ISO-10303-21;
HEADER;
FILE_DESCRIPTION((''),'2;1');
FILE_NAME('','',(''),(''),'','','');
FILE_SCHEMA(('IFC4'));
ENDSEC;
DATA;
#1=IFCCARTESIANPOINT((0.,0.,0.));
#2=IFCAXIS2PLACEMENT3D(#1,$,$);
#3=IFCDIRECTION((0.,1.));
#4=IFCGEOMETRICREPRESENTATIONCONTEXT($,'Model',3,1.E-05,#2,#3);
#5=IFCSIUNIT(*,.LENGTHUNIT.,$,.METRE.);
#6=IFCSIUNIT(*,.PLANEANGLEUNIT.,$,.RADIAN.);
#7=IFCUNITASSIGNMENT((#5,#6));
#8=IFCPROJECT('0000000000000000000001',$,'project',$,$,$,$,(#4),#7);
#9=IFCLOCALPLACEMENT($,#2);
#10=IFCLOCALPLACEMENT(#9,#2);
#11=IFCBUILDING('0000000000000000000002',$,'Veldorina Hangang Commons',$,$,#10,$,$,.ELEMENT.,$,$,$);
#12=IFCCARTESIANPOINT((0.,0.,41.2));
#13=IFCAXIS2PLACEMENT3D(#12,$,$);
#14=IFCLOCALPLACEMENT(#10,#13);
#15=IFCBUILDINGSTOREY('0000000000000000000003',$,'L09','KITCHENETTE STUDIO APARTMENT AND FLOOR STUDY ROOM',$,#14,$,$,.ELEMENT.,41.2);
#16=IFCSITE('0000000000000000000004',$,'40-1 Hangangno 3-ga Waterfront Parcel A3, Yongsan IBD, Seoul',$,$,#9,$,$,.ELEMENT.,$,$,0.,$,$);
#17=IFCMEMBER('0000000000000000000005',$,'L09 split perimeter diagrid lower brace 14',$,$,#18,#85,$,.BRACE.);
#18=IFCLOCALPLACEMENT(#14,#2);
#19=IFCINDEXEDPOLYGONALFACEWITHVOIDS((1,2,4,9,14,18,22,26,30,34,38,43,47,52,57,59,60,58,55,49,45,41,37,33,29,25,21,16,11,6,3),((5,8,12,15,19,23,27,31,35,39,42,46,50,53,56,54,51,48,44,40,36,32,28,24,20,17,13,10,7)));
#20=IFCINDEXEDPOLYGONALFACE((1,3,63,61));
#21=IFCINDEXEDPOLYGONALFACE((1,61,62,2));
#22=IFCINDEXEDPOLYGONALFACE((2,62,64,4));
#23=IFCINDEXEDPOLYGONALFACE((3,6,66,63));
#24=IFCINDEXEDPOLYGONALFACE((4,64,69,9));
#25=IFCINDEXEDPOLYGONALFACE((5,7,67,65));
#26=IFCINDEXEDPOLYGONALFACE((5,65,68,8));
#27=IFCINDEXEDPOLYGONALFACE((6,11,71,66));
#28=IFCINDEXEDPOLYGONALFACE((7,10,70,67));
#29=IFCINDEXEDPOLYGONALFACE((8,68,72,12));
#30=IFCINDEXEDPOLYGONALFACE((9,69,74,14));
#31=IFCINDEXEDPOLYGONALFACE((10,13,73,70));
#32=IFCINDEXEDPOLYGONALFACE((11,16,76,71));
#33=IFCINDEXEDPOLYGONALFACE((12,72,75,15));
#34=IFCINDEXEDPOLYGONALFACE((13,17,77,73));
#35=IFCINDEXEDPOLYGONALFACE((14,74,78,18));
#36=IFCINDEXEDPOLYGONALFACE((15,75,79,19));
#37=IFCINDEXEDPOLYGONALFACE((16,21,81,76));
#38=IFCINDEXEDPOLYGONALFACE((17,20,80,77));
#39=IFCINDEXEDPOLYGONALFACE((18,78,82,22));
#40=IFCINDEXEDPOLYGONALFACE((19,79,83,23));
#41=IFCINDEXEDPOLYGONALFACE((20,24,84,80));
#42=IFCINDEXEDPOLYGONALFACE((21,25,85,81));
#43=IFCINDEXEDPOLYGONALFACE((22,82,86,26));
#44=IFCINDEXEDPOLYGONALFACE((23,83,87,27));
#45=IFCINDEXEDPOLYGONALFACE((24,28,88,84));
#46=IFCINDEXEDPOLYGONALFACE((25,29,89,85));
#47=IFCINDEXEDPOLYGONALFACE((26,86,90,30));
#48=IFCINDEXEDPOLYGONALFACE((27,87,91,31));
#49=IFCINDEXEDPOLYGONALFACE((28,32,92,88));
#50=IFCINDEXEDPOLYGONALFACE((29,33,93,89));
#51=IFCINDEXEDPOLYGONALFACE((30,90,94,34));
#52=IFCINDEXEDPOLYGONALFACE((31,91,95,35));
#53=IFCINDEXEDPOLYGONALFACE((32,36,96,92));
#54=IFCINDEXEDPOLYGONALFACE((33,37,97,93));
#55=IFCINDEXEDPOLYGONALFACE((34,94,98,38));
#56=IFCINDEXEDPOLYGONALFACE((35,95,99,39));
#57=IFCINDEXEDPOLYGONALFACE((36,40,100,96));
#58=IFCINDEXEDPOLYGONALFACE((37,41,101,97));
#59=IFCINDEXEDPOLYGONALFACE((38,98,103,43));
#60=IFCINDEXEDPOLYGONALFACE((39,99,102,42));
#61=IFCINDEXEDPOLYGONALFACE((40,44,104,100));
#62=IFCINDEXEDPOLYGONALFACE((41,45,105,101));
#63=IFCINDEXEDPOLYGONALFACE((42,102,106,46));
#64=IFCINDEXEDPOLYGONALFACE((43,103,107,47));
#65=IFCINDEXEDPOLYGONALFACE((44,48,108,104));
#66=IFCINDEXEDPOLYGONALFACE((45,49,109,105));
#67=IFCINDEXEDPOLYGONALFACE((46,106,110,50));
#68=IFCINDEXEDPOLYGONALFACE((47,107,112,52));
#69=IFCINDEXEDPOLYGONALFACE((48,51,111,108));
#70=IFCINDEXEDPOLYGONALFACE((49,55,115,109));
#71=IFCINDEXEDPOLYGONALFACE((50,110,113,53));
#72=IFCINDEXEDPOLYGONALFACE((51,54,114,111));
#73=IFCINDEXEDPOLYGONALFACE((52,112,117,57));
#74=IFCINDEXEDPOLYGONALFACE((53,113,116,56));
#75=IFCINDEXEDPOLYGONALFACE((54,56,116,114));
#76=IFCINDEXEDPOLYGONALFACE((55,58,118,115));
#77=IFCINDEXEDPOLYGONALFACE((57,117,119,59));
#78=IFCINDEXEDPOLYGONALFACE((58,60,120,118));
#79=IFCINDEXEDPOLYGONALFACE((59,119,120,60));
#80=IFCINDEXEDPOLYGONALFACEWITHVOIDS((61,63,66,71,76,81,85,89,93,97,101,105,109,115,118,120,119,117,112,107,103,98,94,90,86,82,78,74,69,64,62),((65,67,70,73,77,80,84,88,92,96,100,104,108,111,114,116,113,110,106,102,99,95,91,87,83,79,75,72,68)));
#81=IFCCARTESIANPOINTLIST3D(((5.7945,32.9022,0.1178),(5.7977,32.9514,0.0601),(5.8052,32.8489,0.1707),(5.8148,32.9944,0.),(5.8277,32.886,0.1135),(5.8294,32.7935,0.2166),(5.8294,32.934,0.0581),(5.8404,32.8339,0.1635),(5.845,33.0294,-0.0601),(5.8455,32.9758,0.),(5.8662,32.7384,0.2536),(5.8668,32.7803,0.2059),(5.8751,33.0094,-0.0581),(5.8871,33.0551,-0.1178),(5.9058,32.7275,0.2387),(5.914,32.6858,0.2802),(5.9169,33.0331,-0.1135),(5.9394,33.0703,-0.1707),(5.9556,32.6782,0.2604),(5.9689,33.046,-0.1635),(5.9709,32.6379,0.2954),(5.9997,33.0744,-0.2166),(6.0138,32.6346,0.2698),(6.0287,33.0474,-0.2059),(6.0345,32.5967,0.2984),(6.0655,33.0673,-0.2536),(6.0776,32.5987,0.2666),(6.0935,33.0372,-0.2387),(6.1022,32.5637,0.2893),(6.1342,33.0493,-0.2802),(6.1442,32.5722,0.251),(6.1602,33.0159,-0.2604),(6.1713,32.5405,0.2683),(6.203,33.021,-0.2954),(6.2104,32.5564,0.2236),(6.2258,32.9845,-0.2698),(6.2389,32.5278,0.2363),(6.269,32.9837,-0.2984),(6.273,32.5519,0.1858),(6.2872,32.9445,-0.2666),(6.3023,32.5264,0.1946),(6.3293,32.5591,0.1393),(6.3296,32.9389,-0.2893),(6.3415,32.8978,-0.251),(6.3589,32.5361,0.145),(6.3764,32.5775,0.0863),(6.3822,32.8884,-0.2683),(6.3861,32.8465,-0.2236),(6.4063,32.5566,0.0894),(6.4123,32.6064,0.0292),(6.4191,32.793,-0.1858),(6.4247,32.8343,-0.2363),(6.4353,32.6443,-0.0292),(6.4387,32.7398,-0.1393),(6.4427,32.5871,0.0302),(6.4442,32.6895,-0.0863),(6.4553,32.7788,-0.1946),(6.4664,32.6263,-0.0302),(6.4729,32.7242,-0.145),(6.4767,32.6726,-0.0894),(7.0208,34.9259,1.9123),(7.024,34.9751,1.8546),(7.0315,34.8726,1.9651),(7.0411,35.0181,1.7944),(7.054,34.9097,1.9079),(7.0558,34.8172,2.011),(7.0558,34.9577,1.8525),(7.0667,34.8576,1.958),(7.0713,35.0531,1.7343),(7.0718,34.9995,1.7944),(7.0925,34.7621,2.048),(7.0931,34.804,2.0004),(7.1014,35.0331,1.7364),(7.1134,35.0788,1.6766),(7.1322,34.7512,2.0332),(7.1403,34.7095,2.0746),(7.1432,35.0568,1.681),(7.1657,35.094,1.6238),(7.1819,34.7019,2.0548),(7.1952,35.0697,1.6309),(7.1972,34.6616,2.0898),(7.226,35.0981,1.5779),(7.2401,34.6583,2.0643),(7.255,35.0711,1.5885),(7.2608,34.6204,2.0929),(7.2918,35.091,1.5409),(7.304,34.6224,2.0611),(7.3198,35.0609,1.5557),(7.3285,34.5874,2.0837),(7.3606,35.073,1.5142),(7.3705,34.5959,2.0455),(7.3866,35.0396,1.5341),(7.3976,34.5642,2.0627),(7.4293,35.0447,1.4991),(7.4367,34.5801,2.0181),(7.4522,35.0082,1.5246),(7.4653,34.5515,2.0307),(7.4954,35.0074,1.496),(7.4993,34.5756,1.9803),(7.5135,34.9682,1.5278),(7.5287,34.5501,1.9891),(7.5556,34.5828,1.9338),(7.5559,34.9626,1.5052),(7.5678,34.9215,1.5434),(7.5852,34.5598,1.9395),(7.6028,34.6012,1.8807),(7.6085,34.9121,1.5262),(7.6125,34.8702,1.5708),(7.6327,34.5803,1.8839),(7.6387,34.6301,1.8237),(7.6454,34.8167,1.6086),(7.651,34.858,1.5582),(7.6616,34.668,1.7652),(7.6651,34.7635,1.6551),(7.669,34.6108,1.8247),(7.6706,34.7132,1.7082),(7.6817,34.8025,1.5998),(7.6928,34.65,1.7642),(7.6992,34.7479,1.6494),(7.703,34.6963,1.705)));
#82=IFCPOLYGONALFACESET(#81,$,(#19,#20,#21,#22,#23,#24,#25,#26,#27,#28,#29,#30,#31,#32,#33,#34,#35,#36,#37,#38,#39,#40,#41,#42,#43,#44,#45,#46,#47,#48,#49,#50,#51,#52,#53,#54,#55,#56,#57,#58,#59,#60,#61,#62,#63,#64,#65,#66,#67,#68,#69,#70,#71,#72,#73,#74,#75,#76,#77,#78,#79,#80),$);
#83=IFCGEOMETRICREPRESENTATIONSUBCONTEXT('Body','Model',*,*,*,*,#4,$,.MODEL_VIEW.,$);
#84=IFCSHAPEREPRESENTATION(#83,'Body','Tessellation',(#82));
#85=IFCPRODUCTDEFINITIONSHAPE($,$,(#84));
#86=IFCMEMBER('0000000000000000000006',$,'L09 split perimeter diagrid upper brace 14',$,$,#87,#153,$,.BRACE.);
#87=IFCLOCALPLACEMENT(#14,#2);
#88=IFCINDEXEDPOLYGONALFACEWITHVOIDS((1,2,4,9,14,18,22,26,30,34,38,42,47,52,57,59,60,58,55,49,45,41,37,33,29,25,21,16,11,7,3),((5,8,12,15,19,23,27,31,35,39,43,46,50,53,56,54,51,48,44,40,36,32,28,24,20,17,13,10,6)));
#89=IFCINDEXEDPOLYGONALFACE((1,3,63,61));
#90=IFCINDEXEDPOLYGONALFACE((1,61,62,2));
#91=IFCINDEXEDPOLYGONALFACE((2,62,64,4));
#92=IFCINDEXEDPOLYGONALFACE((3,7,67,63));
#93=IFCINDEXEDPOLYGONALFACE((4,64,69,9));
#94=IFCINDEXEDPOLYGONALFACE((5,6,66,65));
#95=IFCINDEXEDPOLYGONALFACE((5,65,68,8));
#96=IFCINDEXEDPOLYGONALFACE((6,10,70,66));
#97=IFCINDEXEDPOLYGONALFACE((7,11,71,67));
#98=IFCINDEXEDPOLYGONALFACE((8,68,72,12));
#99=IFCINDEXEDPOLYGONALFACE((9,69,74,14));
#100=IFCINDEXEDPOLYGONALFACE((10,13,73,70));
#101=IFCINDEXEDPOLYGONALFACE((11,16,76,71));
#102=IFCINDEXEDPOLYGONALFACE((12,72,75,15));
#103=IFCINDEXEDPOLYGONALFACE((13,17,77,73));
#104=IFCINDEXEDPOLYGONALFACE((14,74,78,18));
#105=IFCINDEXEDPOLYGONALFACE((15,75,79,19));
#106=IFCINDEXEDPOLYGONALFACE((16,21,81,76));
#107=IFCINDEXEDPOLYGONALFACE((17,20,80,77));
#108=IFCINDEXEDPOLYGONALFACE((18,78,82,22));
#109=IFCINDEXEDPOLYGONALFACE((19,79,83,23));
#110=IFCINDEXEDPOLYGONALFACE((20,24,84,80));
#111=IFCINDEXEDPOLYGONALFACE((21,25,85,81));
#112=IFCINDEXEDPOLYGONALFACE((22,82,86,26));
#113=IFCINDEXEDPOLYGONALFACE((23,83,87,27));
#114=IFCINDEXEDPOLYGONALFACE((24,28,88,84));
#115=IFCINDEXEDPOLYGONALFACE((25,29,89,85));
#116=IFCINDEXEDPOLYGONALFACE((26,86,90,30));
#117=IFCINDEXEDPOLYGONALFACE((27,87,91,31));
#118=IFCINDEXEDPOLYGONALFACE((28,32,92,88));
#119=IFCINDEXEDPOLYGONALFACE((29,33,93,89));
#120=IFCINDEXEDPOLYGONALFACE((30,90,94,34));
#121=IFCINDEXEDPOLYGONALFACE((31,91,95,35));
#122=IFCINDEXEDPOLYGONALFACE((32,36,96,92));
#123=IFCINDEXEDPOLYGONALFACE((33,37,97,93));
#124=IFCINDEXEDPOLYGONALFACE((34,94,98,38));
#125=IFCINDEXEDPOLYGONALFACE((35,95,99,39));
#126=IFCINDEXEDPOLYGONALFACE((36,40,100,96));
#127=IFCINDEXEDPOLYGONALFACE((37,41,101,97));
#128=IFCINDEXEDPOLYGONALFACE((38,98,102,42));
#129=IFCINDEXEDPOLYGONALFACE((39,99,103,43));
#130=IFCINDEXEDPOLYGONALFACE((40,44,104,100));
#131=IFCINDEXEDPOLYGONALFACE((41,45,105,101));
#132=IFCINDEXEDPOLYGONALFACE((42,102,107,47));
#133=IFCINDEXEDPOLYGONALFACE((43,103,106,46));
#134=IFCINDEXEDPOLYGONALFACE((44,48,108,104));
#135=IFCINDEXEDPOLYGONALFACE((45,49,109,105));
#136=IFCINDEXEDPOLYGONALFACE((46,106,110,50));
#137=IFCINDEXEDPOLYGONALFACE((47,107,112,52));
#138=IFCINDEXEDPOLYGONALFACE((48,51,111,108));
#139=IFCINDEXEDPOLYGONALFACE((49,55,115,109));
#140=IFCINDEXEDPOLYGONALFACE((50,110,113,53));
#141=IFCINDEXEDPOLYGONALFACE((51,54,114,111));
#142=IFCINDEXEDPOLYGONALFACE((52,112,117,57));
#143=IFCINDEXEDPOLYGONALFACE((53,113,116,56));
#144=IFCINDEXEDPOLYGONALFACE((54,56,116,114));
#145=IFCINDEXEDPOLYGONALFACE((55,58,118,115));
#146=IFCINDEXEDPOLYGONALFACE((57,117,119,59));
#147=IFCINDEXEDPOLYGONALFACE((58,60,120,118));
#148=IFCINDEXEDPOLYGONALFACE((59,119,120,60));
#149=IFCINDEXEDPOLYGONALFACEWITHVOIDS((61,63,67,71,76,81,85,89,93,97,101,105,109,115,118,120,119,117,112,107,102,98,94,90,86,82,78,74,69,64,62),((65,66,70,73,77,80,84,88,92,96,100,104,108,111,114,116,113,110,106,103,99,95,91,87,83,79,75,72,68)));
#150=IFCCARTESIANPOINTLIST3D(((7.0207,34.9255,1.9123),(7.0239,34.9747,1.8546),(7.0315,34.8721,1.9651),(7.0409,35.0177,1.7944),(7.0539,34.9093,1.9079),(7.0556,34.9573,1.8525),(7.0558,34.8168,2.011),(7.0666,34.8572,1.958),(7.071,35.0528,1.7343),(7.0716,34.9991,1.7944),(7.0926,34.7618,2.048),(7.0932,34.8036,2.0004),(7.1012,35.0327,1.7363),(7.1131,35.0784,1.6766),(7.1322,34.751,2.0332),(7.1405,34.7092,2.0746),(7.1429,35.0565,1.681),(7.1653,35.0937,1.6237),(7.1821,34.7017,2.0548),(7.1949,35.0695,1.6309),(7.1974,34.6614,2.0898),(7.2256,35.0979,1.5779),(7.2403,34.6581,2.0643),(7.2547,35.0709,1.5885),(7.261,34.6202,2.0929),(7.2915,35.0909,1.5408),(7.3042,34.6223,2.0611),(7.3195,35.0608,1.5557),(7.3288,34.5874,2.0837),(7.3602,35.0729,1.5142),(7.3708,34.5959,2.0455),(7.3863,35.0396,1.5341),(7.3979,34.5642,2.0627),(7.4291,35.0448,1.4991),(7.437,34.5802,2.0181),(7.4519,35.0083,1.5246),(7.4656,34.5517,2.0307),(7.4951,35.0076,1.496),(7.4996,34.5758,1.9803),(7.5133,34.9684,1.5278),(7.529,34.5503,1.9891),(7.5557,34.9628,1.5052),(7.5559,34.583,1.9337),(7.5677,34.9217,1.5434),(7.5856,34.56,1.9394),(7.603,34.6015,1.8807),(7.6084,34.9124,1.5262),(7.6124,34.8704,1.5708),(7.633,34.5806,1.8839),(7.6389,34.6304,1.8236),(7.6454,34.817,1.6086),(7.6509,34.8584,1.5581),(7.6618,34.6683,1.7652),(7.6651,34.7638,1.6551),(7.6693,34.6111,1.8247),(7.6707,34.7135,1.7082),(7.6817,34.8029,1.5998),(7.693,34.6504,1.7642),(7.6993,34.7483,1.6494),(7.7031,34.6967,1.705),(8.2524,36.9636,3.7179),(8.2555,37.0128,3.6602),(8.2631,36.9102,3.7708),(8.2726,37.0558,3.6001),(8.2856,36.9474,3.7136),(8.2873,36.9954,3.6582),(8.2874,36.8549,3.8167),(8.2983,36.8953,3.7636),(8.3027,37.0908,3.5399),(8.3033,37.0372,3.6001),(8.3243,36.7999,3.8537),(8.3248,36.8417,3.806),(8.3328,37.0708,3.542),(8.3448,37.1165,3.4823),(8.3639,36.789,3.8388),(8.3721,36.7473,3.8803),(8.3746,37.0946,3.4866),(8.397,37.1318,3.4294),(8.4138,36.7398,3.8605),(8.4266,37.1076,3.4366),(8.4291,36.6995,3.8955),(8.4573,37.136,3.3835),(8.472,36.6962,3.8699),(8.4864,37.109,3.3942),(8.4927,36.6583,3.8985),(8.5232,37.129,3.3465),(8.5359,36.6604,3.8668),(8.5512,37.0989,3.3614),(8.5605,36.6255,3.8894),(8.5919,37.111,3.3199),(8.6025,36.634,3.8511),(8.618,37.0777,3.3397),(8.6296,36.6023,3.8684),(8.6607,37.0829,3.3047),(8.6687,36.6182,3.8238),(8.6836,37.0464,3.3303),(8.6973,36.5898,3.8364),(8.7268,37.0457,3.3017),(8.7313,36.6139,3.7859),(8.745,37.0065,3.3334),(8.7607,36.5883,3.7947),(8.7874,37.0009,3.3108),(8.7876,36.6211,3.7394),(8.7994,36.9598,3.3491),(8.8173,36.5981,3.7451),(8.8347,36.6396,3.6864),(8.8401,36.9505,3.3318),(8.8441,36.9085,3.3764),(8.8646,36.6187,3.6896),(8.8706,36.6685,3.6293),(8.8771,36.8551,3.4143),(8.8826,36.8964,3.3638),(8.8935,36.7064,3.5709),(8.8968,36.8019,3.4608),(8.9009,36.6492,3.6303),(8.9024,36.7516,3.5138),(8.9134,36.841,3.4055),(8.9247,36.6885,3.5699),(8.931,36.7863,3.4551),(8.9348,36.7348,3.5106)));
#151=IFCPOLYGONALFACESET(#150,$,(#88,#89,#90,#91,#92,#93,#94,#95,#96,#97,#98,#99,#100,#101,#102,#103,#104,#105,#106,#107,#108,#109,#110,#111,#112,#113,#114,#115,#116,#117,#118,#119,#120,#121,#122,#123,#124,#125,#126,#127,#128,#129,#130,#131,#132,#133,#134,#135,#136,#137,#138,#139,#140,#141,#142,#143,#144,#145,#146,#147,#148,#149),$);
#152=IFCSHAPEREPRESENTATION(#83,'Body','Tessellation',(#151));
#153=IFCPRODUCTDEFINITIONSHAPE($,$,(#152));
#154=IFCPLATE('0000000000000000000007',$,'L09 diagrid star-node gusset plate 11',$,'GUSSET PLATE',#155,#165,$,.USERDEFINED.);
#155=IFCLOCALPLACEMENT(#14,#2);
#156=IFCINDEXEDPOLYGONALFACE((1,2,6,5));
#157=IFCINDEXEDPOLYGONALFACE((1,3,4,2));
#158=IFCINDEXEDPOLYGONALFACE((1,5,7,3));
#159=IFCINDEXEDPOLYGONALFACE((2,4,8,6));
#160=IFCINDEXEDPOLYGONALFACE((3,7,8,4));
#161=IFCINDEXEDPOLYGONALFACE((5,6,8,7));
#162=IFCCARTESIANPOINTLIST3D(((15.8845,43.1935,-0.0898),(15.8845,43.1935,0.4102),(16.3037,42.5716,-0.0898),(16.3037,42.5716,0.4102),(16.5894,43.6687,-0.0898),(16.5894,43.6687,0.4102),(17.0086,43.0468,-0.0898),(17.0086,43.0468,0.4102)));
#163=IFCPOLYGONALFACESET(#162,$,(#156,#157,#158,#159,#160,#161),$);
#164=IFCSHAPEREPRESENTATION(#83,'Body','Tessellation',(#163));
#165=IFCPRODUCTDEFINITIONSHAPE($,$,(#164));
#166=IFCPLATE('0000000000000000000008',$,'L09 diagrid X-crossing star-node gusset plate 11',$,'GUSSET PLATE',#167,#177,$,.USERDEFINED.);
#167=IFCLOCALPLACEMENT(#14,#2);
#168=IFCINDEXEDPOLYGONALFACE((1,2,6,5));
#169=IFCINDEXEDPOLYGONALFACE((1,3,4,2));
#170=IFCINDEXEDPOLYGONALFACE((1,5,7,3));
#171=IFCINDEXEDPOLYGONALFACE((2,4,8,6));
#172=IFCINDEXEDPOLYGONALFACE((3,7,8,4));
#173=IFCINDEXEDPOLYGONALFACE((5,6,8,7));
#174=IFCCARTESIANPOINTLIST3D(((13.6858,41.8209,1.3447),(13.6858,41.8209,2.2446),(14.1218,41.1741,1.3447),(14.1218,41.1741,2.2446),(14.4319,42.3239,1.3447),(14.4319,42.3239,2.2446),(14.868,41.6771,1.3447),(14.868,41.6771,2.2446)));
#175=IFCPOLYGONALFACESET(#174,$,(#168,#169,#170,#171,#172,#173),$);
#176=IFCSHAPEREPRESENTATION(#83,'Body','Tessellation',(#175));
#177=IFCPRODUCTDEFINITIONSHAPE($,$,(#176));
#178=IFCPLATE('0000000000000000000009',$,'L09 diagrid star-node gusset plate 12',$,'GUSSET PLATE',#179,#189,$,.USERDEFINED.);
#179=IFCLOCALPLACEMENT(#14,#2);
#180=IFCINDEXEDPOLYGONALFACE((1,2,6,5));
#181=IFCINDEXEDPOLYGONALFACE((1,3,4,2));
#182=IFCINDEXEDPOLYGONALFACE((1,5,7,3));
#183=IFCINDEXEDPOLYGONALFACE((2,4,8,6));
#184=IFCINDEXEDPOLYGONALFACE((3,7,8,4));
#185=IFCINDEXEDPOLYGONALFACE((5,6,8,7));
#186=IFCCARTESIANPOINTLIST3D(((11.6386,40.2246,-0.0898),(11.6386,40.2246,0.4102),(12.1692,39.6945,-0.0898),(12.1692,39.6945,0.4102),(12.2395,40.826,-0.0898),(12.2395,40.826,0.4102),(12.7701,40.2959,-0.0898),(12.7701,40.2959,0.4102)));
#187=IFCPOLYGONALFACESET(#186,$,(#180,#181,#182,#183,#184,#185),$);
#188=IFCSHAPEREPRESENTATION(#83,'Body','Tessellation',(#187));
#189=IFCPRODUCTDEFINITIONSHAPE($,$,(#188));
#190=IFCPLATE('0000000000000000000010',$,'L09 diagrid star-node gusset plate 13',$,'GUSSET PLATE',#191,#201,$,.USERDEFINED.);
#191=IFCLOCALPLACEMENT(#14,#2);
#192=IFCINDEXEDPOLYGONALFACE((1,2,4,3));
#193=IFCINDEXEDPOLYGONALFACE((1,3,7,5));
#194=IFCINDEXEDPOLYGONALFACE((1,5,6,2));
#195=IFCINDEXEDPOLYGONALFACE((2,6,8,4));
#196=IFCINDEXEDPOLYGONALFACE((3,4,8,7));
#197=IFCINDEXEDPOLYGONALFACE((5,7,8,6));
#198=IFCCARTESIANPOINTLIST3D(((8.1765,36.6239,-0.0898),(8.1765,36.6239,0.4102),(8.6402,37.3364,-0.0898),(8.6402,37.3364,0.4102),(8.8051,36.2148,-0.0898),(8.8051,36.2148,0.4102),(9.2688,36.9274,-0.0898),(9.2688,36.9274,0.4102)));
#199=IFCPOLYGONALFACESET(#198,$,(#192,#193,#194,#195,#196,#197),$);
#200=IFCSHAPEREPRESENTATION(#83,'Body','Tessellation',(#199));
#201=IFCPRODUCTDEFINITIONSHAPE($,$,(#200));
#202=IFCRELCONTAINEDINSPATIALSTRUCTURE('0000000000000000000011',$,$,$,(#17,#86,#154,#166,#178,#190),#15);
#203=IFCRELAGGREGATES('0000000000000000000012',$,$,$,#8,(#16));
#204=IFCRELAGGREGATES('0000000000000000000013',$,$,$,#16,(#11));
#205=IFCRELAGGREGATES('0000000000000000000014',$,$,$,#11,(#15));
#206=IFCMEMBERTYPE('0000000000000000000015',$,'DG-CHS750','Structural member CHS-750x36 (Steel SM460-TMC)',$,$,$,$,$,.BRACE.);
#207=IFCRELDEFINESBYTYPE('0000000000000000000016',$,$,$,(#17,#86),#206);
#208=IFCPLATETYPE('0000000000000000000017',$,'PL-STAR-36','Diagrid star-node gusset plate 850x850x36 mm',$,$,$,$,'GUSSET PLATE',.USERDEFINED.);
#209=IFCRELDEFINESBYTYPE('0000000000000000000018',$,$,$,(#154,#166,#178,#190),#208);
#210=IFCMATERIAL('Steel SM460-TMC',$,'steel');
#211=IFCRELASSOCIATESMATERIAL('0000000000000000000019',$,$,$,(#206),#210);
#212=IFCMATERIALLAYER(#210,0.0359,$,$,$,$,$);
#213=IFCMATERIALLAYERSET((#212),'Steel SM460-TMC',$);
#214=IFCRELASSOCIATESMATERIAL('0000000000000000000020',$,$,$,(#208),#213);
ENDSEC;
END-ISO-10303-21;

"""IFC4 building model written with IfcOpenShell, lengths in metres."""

from ifc_helpers import new_model, si_unit, direction, frame, origin, origin_2d, place, context, subcontext, project, spatial, rectangle, hollow_circle, extrude, material, layer, layer_set, material_profile, profile_set, type_object, element, save


model = new_model("IFC4")

# Units and contexts
model_context = context("Model", 3, precision=1e-05, world=origin(), true_north=direction((0.0, 1.0)))
body_context = subcontext(model_context, "Body", "Model", "MODEL_VIEW")
ifc_project = project(units=[si_unit("LENGTHUNIT", "METRE"), si_unit("PLANEANGLEUNIT", "RADIAN")], contexts=[model_context])

# Site, building, storey
site_placement = place(None, origin())
site = spatial("IfcSite", under=ifc_project, at=site_placement, Name="40-1 Hangangno 3-ga Waterfront Parcel A3, Yongsan IBD, Seoul", CompositionType="ELEMENT", RefElevation=0.0)
building_placement = place(site_placement, origin())
building = spatial("IfcBuilding", under=site, at=building_placement, Name="Veldorina Hangang Commons", CompositionType="ELEMENT")
storey_placement = place(building_placement, frame((0.0, 0.0, 41.2)))
storey = spatial("IfcBuildingStorey", under=building, at=storey_placement, Name="L09", Description="KITCHENETTE STUDIO APARTMENT AND FLOOR STUDY ROOM", CompositionType="ELEMENT", Elevation=41.2)

# Shared definitions
ifc_material_1 = material(Name="Steel SM460-TMC", Category="steel")

# Members
ifc_material_profile_1 = material_profile(ifc_material_1, hollow_circle(Radius=0.375, WallThickness=0.0359, at=origin_2d()), Name="CHS-750x36")
ifc_profile_set_1 = profile_set([ifc_material_profile_1], Name="Steel SM460-TMC")
member_type = type_object("IfcMemberType", Name="DG-CHS750", Description="Structural member CHS-750x36 (Steel SM460-TMC)", PredefinedType="BRACE", material=ifc_profile_set_1)
member_1_placement = place(storey_placement, frame((6.1355, 32.8, 0.0), z_axis=(0.412943, 0.681442, 0.604247), x_axis=(-0.855227, 0.518254, 0.0)))
element("IfcMember", 1, at=member_1_placement, inside=storey, type_object=member_type, Name="L09 split perimeter diagrid lower brace 14", PredefinedType="BRACE", context=body_context, shape_type="SweptSolid", body=[
    extrude(hollow_circle(Radius=0.375, WallThickness=0.0359, at=origin_2d()), origin(), (0.0, 0.0, 1.0), 2.9697),
])
member_2_placement = place(storey_placement, frame((7.3618, 34.8237, 1.7944), z_axis=(0.41214, 0.681971, 0.604199), x_axis=(-0.855851, 0.517222, 0.0)))
element("IfcMember", 2, at=member_2_placement, inside=storey, type_object=member_type, Name="L09 split perimeter diagrid upper brace 14", PredefinedType="BRACE", context=body_context, shape_type="SweptSolid", body=[
    extrude(hollow_circle(Radius=0.375, WallThickness=0.0359, at=origin_2d()), origin(), (0.0, 0.0, 1.0), 2.9885),
])

# Plates
ifc_layer_1 = layer(ifc_material_1, 0.0359)
ifc_layer_set_1 = layer_set([ifc_layer_1], Name="Steel SM460-TMC")
plate_type = type_object("IfcPlateType", Name="PL-STAR-36", Description="Diagrid star-node gusset plate 850x850x36 mm", ElementType="GUSSET PLATE", PredefinedType="USERDEFINED", material=ifc_layer_set_1)
plate_1_placement = place(storey_placement, frame((16.4465, 43.1201, -0.0898), z_axis=(0.0, 0.0, 1.0), x_axis=(-0.829184, -0.558976, 0.0)))
element("IfcPlate", 3, at=plate_1_placement, inside=storey, type_object=plate_type, Name="L09 diagrid star-node gusset plate 11", ObjectType="GUSSET PLATE", PredefinedType="USERDEFINED", context=body_context, shape_type="SweptSolid", body=[
    extrude(rectangle(XDim=0.8501, YDim=0.75, at=origin_2d()), origin(), (0.0, 0.0, 1.0), 0.5),
])
plate_2_placement = place(storey_placement, frame((14.2769, 41.749, 1.3447), z_axis=(0.0, 0.0, 1.0), x_axis=(-0.829184, -0.558976, 0.0)))
element("IfcPlate", 4, at=plate_2_placement, inside=storey, type_object=plate_type, Name="L09 diagrid X-crossing star-node gusset plate 11", ObjectType="GUSSET PLATE", PredefinedType="USERDEFINED", context=body_context, shape_type="SweptSolid", body=[
    extrude(rectangle(XDim=0.8999, YDim=0.78, at=origin_2d()), origin(), (0.0, 0.0, 1.0), 0.8999),
])
for number, where, z_axis, x_axis, name in (
    (5, (12.2043, 40.2603, -0.0898), (0.0, 0.0, 1.0), (-0.706798, -0.707415, 0.0), "L09 diagrid star-node gusset plate 12"),
    (6, (8.7227, 36.7756, -0.0898), (0.0, 0.0, 1.0), (-0.545429, -0.838157, 0.0), "L09 diagrid star-node gusset plate 13"),
):
    element("IfcPlate", number, at=place(storey_placement, frame(where, z_axis=z_axis, x_axis=x_axis)), inside=storey, type_object=plate_type, Name=name, ObjectType="GUSSET PLATE", PredefinedType="USERDEFINED", context=body_context, shape_type="SweptSolid", body=[
        extrude(rectangle(XDim=0.8501, YDim=0.75, at=origin_2d()), origin(), (0.0, 0.0, 1.0), 0.5),
    ])

save(model, "model.ifc")
